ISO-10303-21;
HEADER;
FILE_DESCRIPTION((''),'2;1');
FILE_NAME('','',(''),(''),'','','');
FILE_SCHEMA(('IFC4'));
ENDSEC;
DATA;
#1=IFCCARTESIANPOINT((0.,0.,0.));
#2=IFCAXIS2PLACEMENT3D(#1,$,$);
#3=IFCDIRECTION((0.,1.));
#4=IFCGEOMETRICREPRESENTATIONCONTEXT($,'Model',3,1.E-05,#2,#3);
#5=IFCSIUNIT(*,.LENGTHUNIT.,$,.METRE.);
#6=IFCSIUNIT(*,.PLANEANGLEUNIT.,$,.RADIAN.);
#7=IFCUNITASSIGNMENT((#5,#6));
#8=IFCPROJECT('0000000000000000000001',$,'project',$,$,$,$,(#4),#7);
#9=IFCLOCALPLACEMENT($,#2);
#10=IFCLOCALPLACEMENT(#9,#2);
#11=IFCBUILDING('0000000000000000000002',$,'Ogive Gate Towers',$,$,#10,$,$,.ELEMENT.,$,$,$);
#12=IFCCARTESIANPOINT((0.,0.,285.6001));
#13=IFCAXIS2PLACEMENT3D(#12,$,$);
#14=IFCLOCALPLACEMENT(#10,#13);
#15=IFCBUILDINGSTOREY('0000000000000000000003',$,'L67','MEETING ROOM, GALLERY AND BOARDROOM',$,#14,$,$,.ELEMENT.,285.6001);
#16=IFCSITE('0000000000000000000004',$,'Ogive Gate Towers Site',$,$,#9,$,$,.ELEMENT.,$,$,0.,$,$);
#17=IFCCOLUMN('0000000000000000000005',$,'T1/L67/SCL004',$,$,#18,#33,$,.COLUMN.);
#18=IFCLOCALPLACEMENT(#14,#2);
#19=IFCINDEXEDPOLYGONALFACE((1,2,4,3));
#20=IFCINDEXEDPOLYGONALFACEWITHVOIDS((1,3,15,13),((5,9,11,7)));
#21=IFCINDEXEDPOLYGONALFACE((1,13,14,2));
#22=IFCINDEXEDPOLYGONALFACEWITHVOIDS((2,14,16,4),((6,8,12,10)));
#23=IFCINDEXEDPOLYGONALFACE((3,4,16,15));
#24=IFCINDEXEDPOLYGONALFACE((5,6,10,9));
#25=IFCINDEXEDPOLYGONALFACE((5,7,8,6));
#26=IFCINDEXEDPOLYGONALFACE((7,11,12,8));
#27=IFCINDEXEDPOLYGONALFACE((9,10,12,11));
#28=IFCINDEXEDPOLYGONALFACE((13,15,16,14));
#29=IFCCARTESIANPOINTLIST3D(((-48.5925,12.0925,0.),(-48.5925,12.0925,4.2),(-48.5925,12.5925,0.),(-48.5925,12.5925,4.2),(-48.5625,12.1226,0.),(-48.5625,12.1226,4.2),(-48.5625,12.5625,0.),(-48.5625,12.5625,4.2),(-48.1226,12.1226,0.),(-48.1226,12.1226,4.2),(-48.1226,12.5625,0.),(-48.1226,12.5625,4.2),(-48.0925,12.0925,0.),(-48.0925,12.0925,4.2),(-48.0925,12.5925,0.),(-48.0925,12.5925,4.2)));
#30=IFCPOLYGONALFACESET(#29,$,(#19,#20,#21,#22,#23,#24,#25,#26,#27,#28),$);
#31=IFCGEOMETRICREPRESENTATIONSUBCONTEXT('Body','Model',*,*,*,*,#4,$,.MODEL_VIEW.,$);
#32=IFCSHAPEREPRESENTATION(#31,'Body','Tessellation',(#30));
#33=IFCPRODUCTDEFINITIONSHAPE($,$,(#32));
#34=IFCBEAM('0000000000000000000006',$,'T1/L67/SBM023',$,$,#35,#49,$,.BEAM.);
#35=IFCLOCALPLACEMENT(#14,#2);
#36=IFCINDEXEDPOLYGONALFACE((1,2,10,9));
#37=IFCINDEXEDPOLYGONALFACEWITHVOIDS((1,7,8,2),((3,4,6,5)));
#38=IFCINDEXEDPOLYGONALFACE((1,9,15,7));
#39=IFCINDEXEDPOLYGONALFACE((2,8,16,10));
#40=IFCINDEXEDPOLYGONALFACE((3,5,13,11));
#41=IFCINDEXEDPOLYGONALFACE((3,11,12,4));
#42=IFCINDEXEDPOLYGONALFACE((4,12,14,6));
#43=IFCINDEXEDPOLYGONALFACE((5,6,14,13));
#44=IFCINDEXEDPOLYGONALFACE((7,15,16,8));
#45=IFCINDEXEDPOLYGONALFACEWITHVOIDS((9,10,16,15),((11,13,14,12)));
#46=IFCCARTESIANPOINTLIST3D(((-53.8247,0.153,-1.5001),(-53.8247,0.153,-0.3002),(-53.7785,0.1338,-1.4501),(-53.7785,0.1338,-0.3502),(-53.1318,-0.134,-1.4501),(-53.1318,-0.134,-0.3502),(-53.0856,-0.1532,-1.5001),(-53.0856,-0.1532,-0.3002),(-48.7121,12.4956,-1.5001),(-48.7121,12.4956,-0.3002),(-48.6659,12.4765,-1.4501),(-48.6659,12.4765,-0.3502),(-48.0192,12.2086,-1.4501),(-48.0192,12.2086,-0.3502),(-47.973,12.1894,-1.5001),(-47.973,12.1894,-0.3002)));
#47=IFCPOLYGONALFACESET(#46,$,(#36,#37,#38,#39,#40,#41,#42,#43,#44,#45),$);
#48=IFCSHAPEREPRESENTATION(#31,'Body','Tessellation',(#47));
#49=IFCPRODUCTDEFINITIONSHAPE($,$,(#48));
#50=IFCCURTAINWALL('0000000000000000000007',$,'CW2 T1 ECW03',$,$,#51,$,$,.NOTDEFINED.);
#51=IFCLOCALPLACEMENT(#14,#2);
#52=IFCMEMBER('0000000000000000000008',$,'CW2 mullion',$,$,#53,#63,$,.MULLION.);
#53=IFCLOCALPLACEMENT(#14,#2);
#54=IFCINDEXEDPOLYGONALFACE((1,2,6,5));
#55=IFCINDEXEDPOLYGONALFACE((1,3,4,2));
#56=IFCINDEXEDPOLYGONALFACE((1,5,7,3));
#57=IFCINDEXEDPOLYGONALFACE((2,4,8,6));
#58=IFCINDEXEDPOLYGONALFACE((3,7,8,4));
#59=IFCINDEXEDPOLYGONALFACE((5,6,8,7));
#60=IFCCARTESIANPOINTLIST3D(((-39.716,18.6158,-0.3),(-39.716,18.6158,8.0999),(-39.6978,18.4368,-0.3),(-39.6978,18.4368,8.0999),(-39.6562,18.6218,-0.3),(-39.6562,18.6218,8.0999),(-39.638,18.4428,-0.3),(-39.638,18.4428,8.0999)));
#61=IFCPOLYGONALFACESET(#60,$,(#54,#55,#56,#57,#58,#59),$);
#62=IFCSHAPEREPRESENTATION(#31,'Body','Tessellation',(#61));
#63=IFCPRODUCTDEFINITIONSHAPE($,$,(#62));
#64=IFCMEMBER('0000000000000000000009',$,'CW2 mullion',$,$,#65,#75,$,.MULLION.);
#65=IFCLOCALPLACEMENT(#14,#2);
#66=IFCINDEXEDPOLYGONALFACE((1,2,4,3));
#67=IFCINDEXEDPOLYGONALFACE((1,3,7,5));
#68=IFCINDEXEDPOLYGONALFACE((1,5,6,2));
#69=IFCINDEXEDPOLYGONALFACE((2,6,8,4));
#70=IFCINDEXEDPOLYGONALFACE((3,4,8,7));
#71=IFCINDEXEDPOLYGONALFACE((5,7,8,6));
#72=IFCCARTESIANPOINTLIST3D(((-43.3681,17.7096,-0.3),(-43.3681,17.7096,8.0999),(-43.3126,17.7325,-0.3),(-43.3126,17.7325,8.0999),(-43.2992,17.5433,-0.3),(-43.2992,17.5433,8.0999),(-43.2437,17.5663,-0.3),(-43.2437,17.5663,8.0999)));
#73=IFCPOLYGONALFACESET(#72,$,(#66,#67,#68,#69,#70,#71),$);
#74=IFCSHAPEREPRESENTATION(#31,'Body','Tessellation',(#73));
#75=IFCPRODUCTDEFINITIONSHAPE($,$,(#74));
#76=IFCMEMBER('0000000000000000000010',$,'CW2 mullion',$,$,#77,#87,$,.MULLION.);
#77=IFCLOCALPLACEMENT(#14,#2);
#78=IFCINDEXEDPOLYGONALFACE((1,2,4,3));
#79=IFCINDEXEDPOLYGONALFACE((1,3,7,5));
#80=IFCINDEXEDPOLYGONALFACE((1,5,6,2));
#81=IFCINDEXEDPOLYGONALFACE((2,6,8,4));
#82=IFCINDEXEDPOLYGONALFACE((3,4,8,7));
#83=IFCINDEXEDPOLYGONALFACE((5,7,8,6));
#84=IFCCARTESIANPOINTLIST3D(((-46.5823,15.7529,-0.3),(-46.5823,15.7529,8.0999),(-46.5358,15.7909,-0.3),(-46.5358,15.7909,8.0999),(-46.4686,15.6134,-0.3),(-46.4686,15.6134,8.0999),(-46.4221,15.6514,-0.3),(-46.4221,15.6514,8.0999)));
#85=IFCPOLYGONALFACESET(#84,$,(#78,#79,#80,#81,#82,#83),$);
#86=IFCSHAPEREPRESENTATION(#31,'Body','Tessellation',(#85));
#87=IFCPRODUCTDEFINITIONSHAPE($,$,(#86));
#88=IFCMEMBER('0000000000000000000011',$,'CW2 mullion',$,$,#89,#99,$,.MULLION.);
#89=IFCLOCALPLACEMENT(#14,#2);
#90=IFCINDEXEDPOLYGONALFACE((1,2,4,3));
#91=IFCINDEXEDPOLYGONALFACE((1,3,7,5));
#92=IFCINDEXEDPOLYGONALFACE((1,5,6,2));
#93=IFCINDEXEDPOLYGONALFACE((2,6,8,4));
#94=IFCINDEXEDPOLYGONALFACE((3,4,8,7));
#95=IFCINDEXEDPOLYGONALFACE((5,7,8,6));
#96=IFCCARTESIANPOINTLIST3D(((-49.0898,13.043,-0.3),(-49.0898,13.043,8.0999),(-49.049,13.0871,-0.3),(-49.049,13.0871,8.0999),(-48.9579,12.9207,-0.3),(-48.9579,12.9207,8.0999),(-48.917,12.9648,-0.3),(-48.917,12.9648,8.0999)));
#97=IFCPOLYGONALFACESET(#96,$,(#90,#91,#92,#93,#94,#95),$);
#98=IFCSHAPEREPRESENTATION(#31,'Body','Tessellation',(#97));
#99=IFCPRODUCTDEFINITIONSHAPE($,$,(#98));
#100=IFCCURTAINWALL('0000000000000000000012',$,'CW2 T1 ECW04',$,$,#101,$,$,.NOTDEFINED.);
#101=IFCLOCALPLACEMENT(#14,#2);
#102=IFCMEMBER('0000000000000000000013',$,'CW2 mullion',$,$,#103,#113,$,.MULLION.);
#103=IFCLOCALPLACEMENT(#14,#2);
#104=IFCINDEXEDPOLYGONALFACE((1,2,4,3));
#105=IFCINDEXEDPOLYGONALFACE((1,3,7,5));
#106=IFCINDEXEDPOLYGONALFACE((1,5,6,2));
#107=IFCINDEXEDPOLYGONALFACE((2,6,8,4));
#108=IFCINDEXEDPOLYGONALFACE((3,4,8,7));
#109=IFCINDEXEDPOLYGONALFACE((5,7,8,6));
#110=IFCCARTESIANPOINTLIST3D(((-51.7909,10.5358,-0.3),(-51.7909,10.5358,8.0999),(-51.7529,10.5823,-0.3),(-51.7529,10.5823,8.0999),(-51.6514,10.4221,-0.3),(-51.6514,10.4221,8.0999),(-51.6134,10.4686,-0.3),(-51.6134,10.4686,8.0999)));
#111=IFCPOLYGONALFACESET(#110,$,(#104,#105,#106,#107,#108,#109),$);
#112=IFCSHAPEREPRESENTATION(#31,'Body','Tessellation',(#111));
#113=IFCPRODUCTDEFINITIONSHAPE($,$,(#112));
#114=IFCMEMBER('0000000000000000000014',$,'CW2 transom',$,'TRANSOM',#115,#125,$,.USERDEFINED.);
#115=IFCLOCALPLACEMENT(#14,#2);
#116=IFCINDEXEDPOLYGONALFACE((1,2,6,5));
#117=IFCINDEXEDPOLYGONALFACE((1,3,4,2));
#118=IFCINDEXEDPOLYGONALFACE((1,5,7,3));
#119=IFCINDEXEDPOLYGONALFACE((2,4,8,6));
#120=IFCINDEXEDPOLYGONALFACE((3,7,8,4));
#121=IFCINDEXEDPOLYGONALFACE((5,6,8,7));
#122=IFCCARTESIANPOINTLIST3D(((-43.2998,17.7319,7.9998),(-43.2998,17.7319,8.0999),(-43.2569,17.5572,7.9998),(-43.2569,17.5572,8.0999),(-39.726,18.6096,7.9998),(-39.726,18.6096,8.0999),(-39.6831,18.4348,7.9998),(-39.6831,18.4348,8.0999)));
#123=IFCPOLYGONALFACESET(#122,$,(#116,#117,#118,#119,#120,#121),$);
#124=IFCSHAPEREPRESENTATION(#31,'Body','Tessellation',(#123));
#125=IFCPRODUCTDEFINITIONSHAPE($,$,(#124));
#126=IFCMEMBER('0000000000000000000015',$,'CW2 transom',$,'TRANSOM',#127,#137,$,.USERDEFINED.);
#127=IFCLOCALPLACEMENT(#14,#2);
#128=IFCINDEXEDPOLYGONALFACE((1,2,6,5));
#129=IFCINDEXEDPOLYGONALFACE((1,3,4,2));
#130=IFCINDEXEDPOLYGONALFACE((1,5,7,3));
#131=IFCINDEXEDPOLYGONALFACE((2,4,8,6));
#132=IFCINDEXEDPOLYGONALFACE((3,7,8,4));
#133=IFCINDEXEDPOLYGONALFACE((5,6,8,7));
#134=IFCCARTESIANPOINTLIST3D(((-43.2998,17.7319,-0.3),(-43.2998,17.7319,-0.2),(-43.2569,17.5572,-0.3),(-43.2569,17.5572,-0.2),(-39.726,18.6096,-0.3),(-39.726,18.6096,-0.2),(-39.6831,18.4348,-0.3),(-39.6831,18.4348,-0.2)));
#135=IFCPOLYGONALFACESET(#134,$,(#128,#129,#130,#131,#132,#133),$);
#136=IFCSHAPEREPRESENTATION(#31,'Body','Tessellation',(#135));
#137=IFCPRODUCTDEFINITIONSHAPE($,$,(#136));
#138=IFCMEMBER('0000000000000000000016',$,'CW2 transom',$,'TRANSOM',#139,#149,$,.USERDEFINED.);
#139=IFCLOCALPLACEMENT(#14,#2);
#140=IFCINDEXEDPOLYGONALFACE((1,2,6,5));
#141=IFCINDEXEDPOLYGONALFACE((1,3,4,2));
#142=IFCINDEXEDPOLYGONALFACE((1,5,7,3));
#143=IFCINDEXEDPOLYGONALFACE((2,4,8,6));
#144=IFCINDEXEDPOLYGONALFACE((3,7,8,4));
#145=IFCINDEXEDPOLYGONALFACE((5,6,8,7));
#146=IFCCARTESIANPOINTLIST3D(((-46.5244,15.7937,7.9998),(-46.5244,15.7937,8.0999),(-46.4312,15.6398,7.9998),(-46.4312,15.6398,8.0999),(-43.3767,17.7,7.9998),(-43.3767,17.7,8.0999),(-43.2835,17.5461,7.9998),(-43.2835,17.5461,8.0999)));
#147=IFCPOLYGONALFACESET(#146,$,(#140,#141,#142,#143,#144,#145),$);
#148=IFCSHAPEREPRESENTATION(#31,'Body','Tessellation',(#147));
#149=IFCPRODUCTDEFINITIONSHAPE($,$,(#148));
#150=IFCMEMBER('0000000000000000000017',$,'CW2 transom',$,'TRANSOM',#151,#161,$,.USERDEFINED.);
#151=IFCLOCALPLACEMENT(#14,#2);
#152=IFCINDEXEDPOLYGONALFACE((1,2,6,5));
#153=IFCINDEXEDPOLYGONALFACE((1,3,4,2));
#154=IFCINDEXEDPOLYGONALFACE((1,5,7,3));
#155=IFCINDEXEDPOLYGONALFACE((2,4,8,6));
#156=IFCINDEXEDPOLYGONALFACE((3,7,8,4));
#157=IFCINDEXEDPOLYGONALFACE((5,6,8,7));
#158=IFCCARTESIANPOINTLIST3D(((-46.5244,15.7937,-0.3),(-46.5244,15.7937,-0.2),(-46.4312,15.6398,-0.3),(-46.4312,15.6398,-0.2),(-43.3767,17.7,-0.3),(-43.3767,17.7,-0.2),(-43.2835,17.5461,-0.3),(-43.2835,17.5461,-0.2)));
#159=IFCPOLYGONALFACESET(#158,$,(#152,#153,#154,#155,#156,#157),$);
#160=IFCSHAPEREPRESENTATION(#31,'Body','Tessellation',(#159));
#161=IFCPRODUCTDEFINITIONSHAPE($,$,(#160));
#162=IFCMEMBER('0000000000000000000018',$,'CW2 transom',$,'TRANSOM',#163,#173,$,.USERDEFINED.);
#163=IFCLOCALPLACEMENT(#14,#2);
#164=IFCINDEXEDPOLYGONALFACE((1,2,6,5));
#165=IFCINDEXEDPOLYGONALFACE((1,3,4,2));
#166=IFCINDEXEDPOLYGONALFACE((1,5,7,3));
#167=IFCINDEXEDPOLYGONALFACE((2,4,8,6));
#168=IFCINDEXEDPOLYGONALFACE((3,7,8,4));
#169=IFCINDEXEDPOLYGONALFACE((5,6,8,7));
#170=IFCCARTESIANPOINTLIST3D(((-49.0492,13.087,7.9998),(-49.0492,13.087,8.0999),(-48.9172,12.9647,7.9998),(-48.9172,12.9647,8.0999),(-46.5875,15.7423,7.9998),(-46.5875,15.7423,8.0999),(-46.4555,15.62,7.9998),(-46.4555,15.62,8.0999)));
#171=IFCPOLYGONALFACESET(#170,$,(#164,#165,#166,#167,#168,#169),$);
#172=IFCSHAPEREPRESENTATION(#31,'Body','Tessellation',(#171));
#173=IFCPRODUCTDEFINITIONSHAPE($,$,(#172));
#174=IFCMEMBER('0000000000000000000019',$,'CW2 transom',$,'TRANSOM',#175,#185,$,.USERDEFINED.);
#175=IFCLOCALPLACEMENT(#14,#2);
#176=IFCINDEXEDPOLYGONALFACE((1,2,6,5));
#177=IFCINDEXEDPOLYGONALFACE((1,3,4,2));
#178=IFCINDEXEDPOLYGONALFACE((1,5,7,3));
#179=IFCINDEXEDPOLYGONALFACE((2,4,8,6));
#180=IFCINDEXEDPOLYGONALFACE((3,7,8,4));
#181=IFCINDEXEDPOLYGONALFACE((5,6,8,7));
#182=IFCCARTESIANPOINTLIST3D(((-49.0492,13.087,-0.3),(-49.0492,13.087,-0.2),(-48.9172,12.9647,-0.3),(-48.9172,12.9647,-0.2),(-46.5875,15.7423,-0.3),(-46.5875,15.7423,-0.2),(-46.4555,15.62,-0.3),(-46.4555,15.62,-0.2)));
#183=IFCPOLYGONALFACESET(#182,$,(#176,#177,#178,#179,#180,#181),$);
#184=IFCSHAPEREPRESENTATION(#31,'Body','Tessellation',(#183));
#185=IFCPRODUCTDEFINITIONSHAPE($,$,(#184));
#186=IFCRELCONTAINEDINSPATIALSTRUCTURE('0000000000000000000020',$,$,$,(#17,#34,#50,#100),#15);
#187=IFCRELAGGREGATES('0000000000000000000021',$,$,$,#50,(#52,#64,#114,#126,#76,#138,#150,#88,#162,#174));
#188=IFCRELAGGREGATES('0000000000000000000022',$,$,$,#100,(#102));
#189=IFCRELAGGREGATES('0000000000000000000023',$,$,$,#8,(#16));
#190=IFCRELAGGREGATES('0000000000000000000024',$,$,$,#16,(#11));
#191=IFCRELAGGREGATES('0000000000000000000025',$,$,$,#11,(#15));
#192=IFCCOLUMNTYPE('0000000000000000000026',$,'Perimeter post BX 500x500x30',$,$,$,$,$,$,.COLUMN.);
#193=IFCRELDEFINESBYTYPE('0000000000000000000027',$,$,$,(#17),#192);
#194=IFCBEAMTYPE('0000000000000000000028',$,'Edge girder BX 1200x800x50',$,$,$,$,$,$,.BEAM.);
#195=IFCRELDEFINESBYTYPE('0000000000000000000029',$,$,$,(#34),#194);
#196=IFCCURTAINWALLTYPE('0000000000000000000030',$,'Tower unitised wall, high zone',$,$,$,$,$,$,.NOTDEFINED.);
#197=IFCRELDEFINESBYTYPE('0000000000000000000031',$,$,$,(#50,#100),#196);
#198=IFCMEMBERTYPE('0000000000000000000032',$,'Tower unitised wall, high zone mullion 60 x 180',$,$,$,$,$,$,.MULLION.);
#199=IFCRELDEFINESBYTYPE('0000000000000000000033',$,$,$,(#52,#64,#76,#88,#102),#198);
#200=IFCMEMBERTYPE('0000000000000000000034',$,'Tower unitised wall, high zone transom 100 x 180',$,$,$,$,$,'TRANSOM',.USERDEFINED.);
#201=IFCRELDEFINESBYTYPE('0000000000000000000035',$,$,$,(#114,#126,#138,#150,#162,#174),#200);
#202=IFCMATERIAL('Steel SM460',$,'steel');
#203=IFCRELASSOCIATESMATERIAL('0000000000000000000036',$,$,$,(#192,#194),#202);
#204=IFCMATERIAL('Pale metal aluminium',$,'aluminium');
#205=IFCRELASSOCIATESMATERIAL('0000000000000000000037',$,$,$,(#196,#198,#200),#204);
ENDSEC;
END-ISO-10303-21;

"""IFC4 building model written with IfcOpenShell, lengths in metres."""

from ifc_helpers import new_model, si_unit, direction, frame, origin, origin_2d, place, context, subcontext, project, spatial, rectangle, hollow_rectangle, extrude, material, material_profile, profile_set, type_object, element, aggregate, save


model = new_model("IFC4")

# Units and contexts
model_context = context("Model", 3, precision=1e-05, world=origin(), true_north=direction((0.0, 1.0)))
body_context = subcontext(model_context, "Body", "Model", "MODEL_VIEW")
ifc_project = project(units=[si_unit("LENGTHUNIT", "METRE"), si_unit("PLANEANGLEUNIT", "RADIAN")], contexts=[model_context])

# Site, building, storey
site_placement = place(None, origin())
site = spatial("IfcSite", under=ifc_project, at=site_placement, Name="Ogive Gate Towers Site", CompositionType="ELEMENT", RefElevation=0.0)
building_placement = place(site_placement, origin())
building = spatial("IfcBuilding", under=site, at=building_placement, Name="Ogive Gate Towers", CompositionType="ELEMENT")
storey_placement = place(building_placement, frame((0.0, 0.0, 285.6001)))
storey = spatial("IfcBuildingStorey", under=building, at=storey_placement, Name="L67", Description="MEETING ROOM, GALLERY AND BOARDROOM", CompositionType="ELEMENT", Elevation=285.6001)

# Column
ifc_material_1 = material(Name="Steel SM460", Category="steel")
ifc_material_profile_1 = material_profile(ifc_material_1, hollow_rectangle(XDim=0.5, YDim=0.5, WallThickness=0.03, at=origin_2d()), Name="BX 500x500x30")
ifc_profile_set_1 = profile_set([ifc_material_profile_1], Name="Steel SM460")
column_type = type_object("IfcColumnType", Name="Perimeter post BX 500x500x30", PredefinedType="COLUMN", material=ifc_profile_set_1)
column_placement = place(storey_placement, frame((-48.3425, 12.3425, 0.0), z_axis=(0.0, 0.0, 1.0), x_axis=(1.0, 0.0, 0.0)))
element("IfcColumn", 1, at=column_placement, inside=storey, type_object=column_type, Name="T1/L67/SCL004", PredefinedType="COLUMN", context=body_context, shape_type="SweptSolid", body=[
    extrude(hollow_rectangle(XDim=0.5, YDim=0.5, WallThickness=0.03, at=origin_2d()), origin(), (0.0, 0.0, 1.0), 4.2),
])

# Beam
ifc_material_profile_2 = material_profile(ifc_material_1, hollow_rectangle(XDim=0.8, YDim=1.2, WallThickness=0.05, at=origin_2d()), Name="BX 1200x800x50")
ifc_profile_set_2 = profile_set([ifc_material_profile_2], Name="Steel SM460")
beam_type = type_object("IfcBeamType", Name="Edge girder BX 1200x800x50", PredefinedType="BEAM", material=ifc_profile_set_2)
beam_placement = place(storey_placement, frame((-48.3425, 12.3425, -0.9001), z_axis=(-0.38269, -0.923877, 0.0), x_axis=(0.923877, -0.38269, 0.0)))
element("IfcBeam", 2, at=beam_placement, inside=storey, type_object=beam_type, Name="T1/L67/SBM023", PredefinedType="BEAM", context=body_context, shape_type="SweptSolid", body=[
    extrude(hollow_rectangle(XDim=0.8, YDim=1.2, WallThickness=0.05, at=origin_2d()), origin(), (0.0, 0.0, 1.0), 13.3596),
])

# Curtain wall, members
ifc_material_2 = material(Name="Pale metal aluminium", Category="aluminium")
curtain_wall_type = type_object("IfcCurtainWallType", Name="Tower unitised wall, high zone", PredefinedType="NOTDEFINED", material=ifc_material_2)
curtain_wall_1_placement = place(storey_placement, origin())
curtain_wall_1 = element("IfcCurtainWall", 3, at=curtain_wall_1_placement, inside=storey, type_object=curtain_wall_type, Name="CW2 T1 ECW03", PredefinedType="NOTDEFINED")
ifc_material_profile_3 = material_profile(ifc_material_2, rectangle(XDim=0.1799, YDim=0.0601, at=origin_2d()), Name="60 x 180 aluminium box")
ifc_profile_set_3 = profile_set([ifc_material_profile_3], Name="Pale metal aluminium")
member_type_1 = type_object("IfcMemberType", Name="Tower unitised wall, high zone mullion 60 x 180", PredefinedType="MULLION", material=ifc_profile_set_3)
member_1_placement = place(storey_placement, frame((-39.677, 18.5293, -0.3), z_axis=(0.0, 0.0, 1.0), x_axis=(-0.101351, 0.994851, 0.0)))
member_1 = element("IfcMember", 4, at=member_1_placement, type_object=member_type_1, Name="CW2 mullion", PredefinedType="MULLION", context=body_context, shape_type="SweptSolid", body=[
    extrude(rectangle(XDim=0.1799, YDim=0.0601, at=origin_2d()), origin(), (0.0, 0.0, 1.0), 8.3999),
])
member_2_placement = place(storey_placement, frame((-43.3059, 17.6379, -0.3), z_axis=(0.0, 0.0, 1.0), x_axis=(-0.382683, 0.92388, 0.0)))
member_2 = element("IfcMember", 5, at=member_2_placement, type_object=member_type_1, Name="CW2 mullion", PredefinedType="MULLION", context=body_context, shape_type="SweptSolid", body=[
    extrude(rectangle(XDim=0.1799, YDim=0.0601, at=origin_2d()), origin(), (0.0, 0.0, 1.0), 8.3999),
])
member_3_placement = place(storey_placement, frame((-46.5022, 15.7021, -0.3), z_axis=(0.0, 0.0, 1.0), x_axis=(-0.631813, 0.775121, 0.0)))
member_3 = element("IfcMember", 6, at=member_3_placement, type_object=member_type_1, Name="CW2 mullion", PredefinedType="MULLION", context=body_context, shape_type="SweptSolid", body=[
    extrude(rectangle(XDim=0.1799, YDim=0.0601, at=origin_2d()), origin(), (0.0, 0.0, 1.0), 8.3999),
])
member_4_placement = place(storey_placement, frame((-49.0034, 13.0039, -0.3), z_axis=(0.0, 0.0, 1.0), x_axis=(-0.733338, 0.679864, 0.0)))
member_4 = element("IfcMember", 7, at=member_4_placement, type_object=member_type_1, Name="CW2 mullion", PredefinedType="MULLION", context=body_context, shape_type="SweptSolid", body=[
    extrude(rectangle(XDim=0.1799, YDim=0.0601, at=origin_2d()), origin(), (0.0, 0.0, 1.0), 8.3999),
])

# Curtain wall, member
curtain_wall_2_placement = place(storey_placement, origin())
curtain_wall_2 = element("IfcCurtainWall", 8, at=curtain_wall_2_placement, inside=storey, type_object=curtain_wall_type, Name="CW2 T1 ECW04", PredefinedType="NOTDEFINED")
member_5_placement = place(storey_placement, frame((-51.7021, 10.5022, -0.3), z_axis=(0.0, 0.0, 1.0), x_axis=(-0.775121, 0.631813, 0.0)))
member_5 = element("IfcMember", 9, at=member_5_placement, type_object=member_type_1, Name="CW2 mullion", PredefinedType="MULLION", context=body_context, shape_type="SweptSolid", body=[
    extrude(rectangle(XDim=0.1799, YDim=0.0601, at=origin_2d()), origin(), (0.0, 0.0, 1.0), 8.3999),
])

# Members
ifc_material_profile_4 = material_profile(ifc_material_2, rectangle(XDim=0.1799, YDim=0.1001, at=origin_2d()), Name="100 x 180 aluminium box")
ifc_profile_set_4 = profile_set([ifc_material_profile_4], Name="Pale metal aluminium")
member_type_2 = type_object("IfcMemberType", Name="Tower unitised wall, high zone transom 100 x 180", ElementType="TRANSOM", PredefinedType="USERDEFINED", material=ifc_profile_set_4)
member_6_placement = place(storey_placement, frame((-39.7046, 18.5222, 8.0498), z_axis=(-0.971141, -0.238506, 0.0), x_axis=(0.238506, -0.971141, 0.0)))
member_6 = element("IfcMember", 10, at=member_6_placement, type_object=member_type_2, Name="CW2 transom", ObjectType="TRANSOM", PredefinedType="USERDEFINED", context=body_context, shape_type="SweptSolid", body=[
    extrude(rectangle(XDim=0.1799, YDim=0.1001, at=origin_2d()), origin(), (0.0, 0.0, 1.0), 3.6799),
])
member_7_placement = place(storey_placement, frame((-39.7046, 18.5222, -0.25), z_axis=(-0.971141, -0.238506, 0.0), x_axis=(0.238506, -0.971141, 0.0)))
member_7 = element("IfcMember", 11, at=member_7_placement, type_object=member_type_2, Name="CW2 transom", ObjectType="TRANSOM", PredefinedType="USERDEFINED", context=body_context, shape_type="SweptSolid", body=[
    extrude(rectangle(XDim=0.1799, YDim=0.1001, at=origin_2d()), origin(), (0.0, 0.0, 1.0), 3.6799),
])
member_8_placement = place(storey_placement, frame((-43.3301, 17.623, 8.0498), z_axis=(-0.855372, -0.518013, 0.0), x_axis=(0.518013, -0.855372, 0.0)))
member_8 = element("IfcMember", 12, at=member_8_placement, type_object=member_type_2, Name="CW2 transom", ObjectType="TRANSOM", PredefinedType="USERDEFINED", context=body_context, shape_type="SweptSolid", body=[
    extrude(rectangle(XDim=0.1799, YDim=0.1001, at=origin_2d()), origin(), (0.0, 0.0, 1.0), 3.6799),
])
member_9_placement = place(storey_placement, frame((-43.3301, 17.623, -0.25), z_axis=(-0.855372, -0.518013, 0.0), x_axis=(0.518013, -0.855372, 0.0)))
member_9 = element("IfcMember", 13, at=member_9_placement, type_object=member_type_2, Name="CW2 transom", ObjectType="TRANSOM", PredefinedType="USERDEFINED", context=body_context, shape_type="SweptSolid", body=[
    extrude(rectangle(XDim=0.1799, YDim=0.1001, at=origin_2d()), origin(), (0.0, 0.0, 1.0), 3.6799),
])
member_10_placement = place(storey_placement, frame((-46.5215, 15.6812, 8.0498), z_axis=(-0.679866, -0.733336, 0.0), x_axis=(0.733336, -0.679866, 0.0)))
member_10 = element("IfcMember", 14, at=member_10_placement, type_object=member_type_2, Name="CW2 transom", ObjectType="TRANSOM", PredefinedType="USERDEFINED", context=body_context, shape_type="SweptSolid", body=[
    extrude(rectangle(XDim=0.1799, YDim=0.1001, at=origin_2d()), origin(), (0.0, 0.0, 1.0), 3.6208),
])
member_11_placement = place(storey_placement, frame((-46.5215, 15.6812, -0.25), z_axis=(-0.679866, -0.733336, 0.0), x_axis=(0.733336, -0.679866, 0.0)))
member_11 = element("IfcMember", 15, at=member_11_placement, type_object=member_type_2, Name="CW2 transom", ObjectType="TRANSOM", PredefinedType="USERDEFINED", context=body_context, shape_type="SweptSolid", body=[
    extrude(rectangle(XDim=0.1799, YDim=0.1001, at=origin_2d()), origin(), (0.0, 0.0, 1.0), 3.6208),
])

aggregate(curtain_wall_1, [member_1, member_2, member_6, member_7, member_3, member_8, member_9, member_4, member_10, member_11])
aggregate(curtain_wall_2, [member_5])

save(model, "model.ifc")
